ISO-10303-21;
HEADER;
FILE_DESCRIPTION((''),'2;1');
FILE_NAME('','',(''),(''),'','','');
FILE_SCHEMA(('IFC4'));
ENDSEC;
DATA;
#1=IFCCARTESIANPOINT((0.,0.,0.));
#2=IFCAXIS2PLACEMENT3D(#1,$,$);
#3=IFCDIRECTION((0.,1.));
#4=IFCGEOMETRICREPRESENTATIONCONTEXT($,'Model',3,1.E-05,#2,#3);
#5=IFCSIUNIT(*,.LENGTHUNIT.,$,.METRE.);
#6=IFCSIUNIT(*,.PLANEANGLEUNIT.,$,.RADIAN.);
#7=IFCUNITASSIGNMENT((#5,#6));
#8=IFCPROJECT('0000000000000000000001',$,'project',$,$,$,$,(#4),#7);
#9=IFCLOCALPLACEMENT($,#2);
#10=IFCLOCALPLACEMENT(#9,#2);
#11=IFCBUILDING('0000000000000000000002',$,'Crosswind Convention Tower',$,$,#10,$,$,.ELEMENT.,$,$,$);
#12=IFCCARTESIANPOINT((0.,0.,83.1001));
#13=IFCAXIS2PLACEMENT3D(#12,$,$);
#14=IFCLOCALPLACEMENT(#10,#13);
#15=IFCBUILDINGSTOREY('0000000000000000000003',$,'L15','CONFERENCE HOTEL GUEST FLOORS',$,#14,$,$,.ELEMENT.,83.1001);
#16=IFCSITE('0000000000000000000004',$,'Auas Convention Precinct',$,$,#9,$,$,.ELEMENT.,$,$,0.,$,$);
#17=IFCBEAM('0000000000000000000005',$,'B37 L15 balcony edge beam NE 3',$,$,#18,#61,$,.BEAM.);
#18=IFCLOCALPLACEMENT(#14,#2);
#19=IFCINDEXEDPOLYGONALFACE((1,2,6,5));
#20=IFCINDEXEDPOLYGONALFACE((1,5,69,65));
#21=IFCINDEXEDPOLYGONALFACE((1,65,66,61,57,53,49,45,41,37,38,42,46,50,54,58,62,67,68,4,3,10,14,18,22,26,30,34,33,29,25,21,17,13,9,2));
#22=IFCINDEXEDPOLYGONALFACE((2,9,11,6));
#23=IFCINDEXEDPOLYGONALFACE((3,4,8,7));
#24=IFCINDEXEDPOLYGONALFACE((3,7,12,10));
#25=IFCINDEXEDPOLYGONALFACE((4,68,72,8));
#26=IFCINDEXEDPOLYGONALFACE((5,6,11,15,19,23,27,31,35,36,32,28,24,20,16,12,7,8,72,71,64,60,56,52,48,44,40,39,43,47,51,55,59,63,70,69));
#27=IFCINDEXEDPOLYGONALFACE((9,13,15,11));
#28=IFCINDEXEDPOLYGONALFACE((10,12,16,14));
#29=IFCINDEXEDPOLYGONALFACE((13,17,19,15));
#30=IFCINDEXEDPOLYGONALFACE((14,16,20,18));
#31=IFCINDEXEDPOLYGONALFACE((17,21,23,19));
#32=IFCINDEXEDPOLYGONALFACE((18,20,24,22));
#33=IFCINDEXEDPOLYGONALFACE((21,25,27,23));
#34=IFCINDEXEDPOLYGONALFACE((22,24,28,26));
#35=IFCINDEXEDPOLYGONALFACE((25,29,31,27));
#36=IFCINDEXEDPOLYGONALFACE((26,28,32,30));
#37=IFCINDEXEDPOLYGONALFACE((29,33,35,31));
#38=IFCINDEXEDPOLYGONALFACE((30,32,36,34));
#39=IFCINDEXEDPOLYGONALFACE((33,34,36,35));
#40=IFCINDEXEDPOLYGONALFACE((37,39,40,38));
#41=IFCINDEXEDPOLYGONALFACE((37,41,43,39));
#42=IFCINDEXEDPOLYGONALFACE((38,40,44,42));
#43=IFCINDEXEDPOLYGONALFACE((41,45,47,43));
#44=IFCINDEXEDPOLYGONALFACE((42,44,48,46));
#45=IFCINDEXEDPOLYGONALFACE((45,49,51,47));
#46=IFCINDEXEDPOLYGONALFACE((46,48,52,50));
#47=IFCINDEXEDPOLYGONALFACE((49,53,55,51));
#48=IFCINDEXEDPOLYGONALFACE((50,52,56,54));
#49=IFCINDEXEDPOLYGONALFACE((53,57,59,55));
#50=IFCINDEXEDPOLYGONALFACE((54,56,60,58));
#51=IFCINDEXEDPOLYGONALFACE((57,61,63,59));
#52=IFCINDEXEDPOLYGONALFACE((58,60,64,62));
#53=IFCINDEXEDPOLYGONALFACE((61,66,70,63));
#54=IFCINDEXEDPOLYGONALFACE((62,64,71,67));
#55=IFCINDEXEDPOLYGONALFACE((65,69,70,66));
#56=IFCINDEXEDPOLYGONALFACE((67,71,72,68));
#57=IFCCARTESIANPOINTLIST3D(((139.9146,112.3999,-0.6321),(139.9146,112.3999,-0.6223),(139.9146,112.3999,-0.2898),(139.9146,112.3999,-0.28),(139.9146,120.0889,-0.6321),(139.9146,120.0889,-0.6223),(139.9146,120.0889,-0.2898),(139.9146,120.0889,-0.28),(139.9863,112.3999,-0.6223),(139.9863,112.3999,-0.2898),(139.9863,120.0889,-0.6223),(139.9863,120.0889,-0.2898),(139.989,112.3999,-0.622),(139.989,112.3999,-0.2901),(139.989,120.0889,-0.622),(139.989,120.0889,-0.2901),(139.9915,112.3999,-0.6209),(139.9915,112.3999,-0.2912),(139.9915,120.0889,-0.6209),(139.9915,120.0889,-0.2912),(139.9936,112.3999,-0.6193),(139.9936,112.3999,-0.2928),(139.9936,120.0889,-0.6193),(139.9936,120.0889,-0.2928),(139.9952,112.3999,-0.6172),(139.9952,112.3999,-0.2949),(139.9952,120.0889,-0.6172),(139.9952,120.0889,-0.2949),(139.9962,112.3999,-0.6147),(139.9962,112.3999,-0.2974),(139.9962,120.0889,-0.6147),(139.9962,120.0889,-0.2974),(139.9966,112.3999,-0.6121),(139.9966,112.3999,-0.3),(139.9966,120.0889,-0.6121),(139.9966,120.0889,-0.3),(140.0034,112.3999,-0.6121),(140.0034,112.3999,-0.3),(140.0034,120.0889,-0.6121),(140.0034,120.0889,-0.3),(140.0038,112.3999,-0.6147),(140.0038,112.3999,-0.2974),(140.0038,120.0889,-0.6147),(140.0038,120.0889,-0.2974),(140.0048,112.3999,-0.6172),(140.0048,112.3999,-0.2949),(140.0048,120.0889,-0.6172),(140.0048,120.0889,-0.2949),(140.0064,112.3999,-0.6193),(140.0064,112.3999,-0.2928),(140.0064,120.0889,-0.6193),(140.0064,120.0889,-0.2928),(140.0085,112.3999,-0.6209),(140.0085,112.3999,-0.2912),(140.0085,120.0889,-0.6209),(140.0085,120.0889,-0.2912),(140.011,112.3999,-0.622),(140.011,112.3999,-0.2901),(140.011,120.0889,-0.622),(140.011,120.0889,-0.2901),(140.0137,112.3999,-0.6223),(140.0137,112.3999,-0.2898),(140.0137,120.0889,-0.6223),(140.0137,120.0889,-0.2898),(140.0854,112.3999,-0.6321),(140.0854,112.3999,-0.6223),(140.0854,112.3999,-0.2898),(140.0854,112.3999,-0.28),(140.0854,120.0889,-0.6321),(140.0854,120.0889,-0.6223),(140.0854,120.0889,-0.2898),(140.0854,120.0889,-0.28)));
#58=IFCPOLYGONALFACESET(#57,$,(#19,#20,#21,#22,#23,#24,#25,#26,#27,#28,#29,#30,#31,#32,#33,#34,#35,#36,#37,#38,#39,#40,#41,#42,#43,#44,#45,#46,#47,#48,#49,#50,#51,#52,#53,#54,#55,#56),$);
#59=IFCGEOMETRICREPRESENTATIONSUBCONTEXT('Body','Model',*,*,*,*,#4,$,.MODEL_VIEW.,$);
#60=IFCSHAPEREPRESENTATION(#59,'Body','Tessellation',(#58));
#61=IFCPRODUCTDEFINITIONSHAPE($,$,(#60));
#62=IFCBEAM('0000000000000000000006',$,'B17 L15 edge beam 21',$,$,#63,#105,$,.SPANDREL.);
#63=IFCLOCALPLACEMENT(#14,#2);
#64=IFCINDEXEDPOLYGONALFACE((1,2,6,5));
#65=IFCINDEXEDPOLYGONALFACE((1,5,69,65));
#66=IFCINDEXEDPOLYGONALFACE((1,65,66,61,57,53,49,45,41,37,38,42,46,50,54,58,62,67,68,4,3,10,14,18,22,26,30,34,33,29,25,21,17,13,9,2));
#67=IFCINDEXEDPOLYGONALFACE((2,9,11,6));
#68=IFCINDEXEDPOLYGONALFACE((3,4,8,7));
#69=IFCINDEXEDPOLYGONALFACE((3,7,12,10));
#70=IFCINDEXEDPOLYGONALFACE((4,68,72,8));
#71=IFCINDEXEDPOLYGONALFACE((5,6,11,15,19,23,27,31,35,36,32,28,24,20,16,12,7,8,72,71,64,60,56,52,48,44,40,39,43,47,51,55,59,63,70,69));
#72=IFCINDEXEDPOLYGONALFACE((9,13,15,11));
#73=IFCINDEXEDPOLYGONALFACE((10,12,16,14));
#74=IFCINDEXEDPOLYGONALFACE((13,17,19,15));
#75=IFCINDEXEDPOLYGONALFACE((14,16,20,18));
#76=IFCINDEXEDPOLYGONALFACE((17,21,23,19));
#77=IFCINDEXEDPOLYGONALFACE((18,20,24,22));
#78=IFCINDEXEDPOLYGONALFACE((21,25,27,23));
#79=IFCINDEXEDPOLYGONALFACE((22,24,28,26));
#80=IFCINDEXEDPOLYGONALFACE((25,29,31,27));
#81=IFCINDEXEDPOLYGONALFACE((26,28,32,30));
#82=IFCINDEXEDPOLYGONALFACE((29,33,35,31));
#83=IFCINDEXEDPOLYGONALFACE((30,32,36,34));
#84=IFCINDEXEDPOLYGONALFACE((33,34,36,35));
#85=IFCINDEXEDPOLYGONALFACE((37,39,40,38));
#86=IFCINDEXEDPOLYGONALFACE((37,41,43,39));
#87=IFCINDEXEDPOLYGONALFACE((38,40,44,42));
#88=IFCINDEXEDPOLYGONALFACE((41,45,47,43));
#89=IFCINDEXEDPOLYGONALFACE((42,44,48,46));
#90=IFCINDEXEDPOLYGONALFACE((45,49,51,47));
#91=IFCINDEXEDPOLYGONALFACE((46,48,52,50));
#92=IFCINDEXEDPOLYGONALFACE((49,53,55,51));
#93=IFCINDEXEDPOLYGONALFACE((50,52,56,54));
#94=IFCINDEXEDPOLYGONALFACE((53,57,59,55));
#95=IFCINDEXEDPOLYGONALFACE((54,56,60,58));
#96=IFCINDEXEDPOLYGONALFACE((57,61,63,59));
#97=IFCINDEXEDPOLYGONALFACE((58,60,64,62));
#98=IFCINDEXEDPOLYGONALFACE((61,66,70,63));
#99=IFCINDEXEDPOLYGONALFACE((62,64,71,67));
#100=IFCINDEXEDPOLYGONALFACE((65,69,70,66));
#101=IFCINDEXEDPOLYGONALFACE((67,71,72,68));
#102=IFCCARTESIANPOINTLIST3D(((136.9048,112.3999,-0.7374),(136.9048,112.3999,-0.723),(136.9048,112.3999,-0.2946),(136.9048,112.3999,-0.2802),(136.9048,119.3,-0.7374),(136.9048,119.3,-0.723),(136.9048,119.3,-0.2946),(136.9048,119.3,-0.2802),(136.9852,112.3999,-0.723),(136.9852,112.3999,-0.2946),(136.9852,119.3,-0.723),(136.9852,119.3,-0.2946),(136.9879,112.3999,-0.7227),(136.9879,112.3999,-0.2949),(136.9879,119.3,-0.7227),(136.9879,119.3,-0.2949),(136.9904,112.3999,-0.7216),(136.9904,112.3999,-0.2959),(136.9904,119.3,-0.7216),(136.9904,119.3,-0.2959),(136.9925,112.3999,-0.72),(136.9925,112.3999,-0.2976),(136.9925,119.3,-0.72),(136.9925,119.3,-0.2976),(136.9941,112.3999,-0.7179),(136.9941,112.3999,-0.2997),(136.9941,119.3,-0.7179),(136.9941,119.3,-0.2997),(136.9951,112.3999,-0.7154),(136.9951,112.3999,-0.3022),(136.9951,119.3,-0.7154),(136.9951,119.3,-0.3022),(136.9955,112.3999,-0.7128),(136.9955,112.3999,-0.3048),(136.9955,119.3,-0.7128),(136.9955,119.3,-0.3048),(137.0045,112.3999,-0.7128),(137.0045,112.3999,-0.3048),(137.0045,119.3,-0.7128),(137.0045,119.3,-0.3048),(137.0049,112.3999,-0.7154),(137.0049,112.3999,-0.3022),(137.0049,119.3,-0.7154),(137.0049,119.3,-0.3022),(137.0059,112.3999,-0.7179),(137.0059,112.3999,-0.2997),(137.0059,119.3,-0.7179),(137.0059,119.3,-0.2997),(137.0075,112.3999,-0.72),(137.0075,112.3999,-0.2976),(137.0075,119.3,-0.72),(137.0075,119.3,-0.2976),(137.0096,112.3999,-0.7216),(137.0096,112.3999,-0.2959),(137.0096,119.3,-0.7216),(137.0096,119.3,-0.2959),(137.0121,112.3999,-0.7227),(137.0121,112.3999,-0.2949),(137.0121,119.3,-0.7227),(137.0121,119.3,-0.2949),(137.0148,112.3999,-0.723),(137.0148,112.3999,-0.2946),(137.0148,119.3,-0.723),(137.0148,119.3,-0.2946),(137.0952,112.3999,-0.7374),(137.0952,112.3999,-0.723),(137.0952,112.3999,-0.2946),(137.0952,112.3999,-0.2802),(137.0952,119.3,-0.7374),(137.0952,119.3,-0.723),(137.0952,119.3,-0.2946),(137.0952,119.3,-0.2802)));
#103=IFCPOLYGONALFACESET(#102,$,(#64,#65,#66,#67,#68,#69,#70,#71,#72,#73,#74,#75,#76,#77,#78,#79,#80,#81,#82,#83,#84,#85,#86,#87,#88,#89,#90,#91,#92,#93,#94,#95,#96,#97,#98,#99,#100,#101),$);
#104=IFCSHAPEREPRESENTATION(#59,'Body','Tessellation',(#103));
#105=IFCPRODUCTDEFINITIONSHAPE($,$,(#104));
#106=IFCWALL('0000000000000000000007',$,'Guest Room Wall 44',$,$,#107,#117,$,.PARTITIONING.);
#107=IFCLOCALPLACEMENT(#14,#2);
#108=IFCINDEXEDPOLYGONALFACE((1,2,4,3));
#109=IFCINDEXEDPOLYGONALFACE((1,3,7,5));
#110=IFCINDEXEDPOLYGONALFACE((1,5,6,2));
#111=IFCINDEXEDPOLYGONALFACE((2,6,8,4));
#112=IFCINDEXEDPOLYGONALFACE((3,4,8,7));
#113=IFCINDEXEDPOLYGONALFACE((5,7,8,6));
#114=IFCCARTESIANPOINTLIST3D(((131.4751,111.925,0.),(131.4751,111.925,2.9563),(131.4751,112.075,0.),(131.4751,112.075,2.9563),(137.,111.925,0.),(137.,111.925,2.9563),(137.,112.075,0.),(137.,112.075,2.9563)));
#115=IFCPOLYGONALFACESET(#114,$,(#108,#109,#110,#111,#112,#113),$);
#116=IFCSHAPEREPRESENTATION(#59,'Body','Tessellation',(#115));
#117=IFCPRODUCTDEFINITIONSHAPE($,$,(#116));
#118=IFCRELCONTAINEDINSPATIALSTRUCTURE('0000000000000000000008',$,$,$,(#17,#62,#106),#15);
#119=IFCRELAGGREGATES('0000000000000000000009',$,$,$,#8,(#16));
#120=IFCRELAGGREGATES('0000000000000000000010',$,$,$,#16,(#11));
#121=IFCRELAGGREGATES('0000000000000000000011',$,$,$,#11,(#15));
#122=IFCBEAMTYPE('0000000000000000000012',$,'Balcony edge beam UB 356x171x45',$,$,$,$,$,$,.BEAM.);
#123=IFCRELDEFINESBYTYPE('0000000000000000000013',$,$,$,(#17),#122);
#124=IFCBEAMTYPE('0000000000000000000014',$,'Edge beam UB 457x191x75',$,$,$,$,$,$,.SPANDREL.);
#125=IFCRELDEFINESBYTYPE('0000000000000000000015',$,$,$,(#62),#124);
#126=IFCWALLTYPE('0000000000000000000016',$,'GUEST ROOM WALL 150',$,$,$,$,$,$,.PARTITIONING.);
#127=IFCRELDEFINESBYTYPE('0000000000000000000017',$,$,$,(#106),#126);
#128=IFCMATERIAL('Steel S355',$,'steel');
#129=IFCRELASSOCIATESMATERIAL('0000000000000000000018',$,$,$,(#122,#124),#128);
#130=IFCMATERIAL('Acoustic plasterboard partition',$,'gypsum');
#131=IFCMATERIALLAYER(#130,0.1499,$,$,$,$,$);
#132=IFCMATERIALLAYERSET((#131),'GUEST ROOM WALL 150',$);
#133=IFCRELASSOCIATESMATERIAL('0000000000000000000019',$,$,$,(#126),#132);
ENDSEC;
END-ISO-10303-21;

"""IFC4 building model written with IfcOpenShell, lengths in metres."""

from ifc_helpers import new_model, si_unit, direction, frame, frame_2d, origin, origin_2d, place, context, subcontext, project, spatial, rectangle, i_section, extrude, material, layer, layer_set, material_profile, profile_set, type_object, element, save


model = new_model("IFC4")

# Units and contexts
model_context = context("Model", 3, precision=1e-05, world=origin(), true_north=direction((0.0, 1.0)))
body_context = subcontext(model_context, "Body", "Model", "MODEL_VIEW")
ifc_project = project(units=[si_unit("LENGTHUNIT", "METRE"), si_unit("PLANEANGLEUNIT", "RADIAN")], contexts=[model_context])

# Site, building, storey
site_placement = place(None, origin())
site = spatial("IfcSite", under=ifc_project, at=site_placement, Name="Auas Convention Precinct", CompositionType="ELEMENT", RefElevation=0.0)
building_placement = place(site_placement, origin())
building = spatial("IfcBuilding", under=site, at=building_placement, Name="Crosswind Convention Tower", CompositionType="ELEMENT")
storey_placement = place(building_placement, frame((0.0, 0.0, 83.1001)))
storey = spatial("IfcBuildingStorey", under=building, at=storey_placement, Name="L15", Description="CONFERENCE HOTEL GUEST FLOORS", CompositionType="ELEMENT", Elevation=83.1001)

# Beams
ifc_material_1 = material(Name="Steel S355", Category="steel")
ifc_material_profile_1 = material_profile(ifc_material_1, i_section(OverallWidth=0.1709, OverallDepth=0.3521, WebThickness=0.0068, FlangeThickness=0.0098, FilletRadius=0.0103, at=origin_2d()), Name="UB 356x171x45")
ifc_profile_set_1 = profile_set([ifc_material_profile_1], Name="Steel S355")
beam_type_1 = type_object("IfcBeamType", Name="Balcony edge beam UB 356x171x45", PredefinedType="BEAM", material=ifc_profile_set_1)
beam_1_placement = place(storey_placement, frame((140.0, 112.3999, -0.4561), z_axis=(0.0, 1.0, 0.0), x_axis=(-1.0, 0.0, 0.0)))
element("IfcBeam", 1, at=beam_1_placement, inside=storey, type_object=beam_type_1, Name="B37 L15 balcony edge beam NE 3", PredefinedType="BEAM", context=body_context, shape_type="SweptSolid", body=[
    extrude(i_section(OverallWidth=0.1709, OverallDepth=0.3521, WebThickness=0.0068, FlangeThickness=0.0098, FilletRadius=0.0103, at=origin_2d()), origin(), (0.0, 0.0, 1.0), 7.689),
])
ifc_material_profile_2 = material_profile(ifc_material_1, i_section(OverallWidth=0.1904, OverallDepth=0.4573, WebThickness=0.009, FlangeThickness=0.0144, FilletRadius=0.0103, at=origin_2d()), Name="UB 457x191x75")
ifc_profile_set_2 = profile_set([ifc_material_profile_2], Name="Steel S355")
beam_type_2 = type_object("IfcBeamType", Name="Edge beam UB 457x191x75", PredefinedType="SPANDREL", material=ifc_profile_set_2)
beam_2_placement = place(storey_placement, frame((137.0, 112.3999, -0.5088), z_axis=(0.0, 1.0, 0.0), x_axis=(-1.0, 0.0, 0.0)))
element("IfcBeam", 2, at=beam_2_placement, inside=storey, type_object=beam_type_2, Name="B17 L15 edge beam 21", PredefinedType="SPANDREL", context=body_context, shape_type="SweptSolid", body=[
    extrude(i_section(OverallWidth=0.1904, OverallDepth=0.4573, WebThickness=0.009, FlangeThickness=0.0144, FilletRadius=0.0103, at=origin_2d()), origin(), (0.0, 0.0, 1.0), 6.9001),
])

# Wall
ifc_material_2 = material(Name="Acoustic plasterboard partition", Category="gypsum")
ifc_layer_1 = layer(ifc_material_2, 0.1499)
ifc_layer_set_1 = layer_set([ifc_layer_1], Name="GUEST ROOM WALL 150")
wall_type_1 = type_object("IfcWallType", Name="GUEST ROOM WALL 150", PredefinedType="PARTITIONING", material=ifc_layer_set_1)
wall_1_placement = place(storey_placement, frame((131.4751, 112.0, 0.0), z_axis=(0.0, 0.0, 1.0), x_axis=(1.0, 0.0, 0.0)))
element("IfcWall", 3, at=wall_1_placement, inside=storey, type_object=wall_type_1, Name="Guest Room Wall 44", PredefinedType="PARTITIONING", context=body_context, shape_type="SweptSolid", body=[
    extrude(rectangle(XDim=5.5249, YDim=0.1499, at=frame_2d((2.7625, 0.0))), origin(), (0.0, 0.0, 1.0), 2.9563),
])

save(model, "model.ifc")
